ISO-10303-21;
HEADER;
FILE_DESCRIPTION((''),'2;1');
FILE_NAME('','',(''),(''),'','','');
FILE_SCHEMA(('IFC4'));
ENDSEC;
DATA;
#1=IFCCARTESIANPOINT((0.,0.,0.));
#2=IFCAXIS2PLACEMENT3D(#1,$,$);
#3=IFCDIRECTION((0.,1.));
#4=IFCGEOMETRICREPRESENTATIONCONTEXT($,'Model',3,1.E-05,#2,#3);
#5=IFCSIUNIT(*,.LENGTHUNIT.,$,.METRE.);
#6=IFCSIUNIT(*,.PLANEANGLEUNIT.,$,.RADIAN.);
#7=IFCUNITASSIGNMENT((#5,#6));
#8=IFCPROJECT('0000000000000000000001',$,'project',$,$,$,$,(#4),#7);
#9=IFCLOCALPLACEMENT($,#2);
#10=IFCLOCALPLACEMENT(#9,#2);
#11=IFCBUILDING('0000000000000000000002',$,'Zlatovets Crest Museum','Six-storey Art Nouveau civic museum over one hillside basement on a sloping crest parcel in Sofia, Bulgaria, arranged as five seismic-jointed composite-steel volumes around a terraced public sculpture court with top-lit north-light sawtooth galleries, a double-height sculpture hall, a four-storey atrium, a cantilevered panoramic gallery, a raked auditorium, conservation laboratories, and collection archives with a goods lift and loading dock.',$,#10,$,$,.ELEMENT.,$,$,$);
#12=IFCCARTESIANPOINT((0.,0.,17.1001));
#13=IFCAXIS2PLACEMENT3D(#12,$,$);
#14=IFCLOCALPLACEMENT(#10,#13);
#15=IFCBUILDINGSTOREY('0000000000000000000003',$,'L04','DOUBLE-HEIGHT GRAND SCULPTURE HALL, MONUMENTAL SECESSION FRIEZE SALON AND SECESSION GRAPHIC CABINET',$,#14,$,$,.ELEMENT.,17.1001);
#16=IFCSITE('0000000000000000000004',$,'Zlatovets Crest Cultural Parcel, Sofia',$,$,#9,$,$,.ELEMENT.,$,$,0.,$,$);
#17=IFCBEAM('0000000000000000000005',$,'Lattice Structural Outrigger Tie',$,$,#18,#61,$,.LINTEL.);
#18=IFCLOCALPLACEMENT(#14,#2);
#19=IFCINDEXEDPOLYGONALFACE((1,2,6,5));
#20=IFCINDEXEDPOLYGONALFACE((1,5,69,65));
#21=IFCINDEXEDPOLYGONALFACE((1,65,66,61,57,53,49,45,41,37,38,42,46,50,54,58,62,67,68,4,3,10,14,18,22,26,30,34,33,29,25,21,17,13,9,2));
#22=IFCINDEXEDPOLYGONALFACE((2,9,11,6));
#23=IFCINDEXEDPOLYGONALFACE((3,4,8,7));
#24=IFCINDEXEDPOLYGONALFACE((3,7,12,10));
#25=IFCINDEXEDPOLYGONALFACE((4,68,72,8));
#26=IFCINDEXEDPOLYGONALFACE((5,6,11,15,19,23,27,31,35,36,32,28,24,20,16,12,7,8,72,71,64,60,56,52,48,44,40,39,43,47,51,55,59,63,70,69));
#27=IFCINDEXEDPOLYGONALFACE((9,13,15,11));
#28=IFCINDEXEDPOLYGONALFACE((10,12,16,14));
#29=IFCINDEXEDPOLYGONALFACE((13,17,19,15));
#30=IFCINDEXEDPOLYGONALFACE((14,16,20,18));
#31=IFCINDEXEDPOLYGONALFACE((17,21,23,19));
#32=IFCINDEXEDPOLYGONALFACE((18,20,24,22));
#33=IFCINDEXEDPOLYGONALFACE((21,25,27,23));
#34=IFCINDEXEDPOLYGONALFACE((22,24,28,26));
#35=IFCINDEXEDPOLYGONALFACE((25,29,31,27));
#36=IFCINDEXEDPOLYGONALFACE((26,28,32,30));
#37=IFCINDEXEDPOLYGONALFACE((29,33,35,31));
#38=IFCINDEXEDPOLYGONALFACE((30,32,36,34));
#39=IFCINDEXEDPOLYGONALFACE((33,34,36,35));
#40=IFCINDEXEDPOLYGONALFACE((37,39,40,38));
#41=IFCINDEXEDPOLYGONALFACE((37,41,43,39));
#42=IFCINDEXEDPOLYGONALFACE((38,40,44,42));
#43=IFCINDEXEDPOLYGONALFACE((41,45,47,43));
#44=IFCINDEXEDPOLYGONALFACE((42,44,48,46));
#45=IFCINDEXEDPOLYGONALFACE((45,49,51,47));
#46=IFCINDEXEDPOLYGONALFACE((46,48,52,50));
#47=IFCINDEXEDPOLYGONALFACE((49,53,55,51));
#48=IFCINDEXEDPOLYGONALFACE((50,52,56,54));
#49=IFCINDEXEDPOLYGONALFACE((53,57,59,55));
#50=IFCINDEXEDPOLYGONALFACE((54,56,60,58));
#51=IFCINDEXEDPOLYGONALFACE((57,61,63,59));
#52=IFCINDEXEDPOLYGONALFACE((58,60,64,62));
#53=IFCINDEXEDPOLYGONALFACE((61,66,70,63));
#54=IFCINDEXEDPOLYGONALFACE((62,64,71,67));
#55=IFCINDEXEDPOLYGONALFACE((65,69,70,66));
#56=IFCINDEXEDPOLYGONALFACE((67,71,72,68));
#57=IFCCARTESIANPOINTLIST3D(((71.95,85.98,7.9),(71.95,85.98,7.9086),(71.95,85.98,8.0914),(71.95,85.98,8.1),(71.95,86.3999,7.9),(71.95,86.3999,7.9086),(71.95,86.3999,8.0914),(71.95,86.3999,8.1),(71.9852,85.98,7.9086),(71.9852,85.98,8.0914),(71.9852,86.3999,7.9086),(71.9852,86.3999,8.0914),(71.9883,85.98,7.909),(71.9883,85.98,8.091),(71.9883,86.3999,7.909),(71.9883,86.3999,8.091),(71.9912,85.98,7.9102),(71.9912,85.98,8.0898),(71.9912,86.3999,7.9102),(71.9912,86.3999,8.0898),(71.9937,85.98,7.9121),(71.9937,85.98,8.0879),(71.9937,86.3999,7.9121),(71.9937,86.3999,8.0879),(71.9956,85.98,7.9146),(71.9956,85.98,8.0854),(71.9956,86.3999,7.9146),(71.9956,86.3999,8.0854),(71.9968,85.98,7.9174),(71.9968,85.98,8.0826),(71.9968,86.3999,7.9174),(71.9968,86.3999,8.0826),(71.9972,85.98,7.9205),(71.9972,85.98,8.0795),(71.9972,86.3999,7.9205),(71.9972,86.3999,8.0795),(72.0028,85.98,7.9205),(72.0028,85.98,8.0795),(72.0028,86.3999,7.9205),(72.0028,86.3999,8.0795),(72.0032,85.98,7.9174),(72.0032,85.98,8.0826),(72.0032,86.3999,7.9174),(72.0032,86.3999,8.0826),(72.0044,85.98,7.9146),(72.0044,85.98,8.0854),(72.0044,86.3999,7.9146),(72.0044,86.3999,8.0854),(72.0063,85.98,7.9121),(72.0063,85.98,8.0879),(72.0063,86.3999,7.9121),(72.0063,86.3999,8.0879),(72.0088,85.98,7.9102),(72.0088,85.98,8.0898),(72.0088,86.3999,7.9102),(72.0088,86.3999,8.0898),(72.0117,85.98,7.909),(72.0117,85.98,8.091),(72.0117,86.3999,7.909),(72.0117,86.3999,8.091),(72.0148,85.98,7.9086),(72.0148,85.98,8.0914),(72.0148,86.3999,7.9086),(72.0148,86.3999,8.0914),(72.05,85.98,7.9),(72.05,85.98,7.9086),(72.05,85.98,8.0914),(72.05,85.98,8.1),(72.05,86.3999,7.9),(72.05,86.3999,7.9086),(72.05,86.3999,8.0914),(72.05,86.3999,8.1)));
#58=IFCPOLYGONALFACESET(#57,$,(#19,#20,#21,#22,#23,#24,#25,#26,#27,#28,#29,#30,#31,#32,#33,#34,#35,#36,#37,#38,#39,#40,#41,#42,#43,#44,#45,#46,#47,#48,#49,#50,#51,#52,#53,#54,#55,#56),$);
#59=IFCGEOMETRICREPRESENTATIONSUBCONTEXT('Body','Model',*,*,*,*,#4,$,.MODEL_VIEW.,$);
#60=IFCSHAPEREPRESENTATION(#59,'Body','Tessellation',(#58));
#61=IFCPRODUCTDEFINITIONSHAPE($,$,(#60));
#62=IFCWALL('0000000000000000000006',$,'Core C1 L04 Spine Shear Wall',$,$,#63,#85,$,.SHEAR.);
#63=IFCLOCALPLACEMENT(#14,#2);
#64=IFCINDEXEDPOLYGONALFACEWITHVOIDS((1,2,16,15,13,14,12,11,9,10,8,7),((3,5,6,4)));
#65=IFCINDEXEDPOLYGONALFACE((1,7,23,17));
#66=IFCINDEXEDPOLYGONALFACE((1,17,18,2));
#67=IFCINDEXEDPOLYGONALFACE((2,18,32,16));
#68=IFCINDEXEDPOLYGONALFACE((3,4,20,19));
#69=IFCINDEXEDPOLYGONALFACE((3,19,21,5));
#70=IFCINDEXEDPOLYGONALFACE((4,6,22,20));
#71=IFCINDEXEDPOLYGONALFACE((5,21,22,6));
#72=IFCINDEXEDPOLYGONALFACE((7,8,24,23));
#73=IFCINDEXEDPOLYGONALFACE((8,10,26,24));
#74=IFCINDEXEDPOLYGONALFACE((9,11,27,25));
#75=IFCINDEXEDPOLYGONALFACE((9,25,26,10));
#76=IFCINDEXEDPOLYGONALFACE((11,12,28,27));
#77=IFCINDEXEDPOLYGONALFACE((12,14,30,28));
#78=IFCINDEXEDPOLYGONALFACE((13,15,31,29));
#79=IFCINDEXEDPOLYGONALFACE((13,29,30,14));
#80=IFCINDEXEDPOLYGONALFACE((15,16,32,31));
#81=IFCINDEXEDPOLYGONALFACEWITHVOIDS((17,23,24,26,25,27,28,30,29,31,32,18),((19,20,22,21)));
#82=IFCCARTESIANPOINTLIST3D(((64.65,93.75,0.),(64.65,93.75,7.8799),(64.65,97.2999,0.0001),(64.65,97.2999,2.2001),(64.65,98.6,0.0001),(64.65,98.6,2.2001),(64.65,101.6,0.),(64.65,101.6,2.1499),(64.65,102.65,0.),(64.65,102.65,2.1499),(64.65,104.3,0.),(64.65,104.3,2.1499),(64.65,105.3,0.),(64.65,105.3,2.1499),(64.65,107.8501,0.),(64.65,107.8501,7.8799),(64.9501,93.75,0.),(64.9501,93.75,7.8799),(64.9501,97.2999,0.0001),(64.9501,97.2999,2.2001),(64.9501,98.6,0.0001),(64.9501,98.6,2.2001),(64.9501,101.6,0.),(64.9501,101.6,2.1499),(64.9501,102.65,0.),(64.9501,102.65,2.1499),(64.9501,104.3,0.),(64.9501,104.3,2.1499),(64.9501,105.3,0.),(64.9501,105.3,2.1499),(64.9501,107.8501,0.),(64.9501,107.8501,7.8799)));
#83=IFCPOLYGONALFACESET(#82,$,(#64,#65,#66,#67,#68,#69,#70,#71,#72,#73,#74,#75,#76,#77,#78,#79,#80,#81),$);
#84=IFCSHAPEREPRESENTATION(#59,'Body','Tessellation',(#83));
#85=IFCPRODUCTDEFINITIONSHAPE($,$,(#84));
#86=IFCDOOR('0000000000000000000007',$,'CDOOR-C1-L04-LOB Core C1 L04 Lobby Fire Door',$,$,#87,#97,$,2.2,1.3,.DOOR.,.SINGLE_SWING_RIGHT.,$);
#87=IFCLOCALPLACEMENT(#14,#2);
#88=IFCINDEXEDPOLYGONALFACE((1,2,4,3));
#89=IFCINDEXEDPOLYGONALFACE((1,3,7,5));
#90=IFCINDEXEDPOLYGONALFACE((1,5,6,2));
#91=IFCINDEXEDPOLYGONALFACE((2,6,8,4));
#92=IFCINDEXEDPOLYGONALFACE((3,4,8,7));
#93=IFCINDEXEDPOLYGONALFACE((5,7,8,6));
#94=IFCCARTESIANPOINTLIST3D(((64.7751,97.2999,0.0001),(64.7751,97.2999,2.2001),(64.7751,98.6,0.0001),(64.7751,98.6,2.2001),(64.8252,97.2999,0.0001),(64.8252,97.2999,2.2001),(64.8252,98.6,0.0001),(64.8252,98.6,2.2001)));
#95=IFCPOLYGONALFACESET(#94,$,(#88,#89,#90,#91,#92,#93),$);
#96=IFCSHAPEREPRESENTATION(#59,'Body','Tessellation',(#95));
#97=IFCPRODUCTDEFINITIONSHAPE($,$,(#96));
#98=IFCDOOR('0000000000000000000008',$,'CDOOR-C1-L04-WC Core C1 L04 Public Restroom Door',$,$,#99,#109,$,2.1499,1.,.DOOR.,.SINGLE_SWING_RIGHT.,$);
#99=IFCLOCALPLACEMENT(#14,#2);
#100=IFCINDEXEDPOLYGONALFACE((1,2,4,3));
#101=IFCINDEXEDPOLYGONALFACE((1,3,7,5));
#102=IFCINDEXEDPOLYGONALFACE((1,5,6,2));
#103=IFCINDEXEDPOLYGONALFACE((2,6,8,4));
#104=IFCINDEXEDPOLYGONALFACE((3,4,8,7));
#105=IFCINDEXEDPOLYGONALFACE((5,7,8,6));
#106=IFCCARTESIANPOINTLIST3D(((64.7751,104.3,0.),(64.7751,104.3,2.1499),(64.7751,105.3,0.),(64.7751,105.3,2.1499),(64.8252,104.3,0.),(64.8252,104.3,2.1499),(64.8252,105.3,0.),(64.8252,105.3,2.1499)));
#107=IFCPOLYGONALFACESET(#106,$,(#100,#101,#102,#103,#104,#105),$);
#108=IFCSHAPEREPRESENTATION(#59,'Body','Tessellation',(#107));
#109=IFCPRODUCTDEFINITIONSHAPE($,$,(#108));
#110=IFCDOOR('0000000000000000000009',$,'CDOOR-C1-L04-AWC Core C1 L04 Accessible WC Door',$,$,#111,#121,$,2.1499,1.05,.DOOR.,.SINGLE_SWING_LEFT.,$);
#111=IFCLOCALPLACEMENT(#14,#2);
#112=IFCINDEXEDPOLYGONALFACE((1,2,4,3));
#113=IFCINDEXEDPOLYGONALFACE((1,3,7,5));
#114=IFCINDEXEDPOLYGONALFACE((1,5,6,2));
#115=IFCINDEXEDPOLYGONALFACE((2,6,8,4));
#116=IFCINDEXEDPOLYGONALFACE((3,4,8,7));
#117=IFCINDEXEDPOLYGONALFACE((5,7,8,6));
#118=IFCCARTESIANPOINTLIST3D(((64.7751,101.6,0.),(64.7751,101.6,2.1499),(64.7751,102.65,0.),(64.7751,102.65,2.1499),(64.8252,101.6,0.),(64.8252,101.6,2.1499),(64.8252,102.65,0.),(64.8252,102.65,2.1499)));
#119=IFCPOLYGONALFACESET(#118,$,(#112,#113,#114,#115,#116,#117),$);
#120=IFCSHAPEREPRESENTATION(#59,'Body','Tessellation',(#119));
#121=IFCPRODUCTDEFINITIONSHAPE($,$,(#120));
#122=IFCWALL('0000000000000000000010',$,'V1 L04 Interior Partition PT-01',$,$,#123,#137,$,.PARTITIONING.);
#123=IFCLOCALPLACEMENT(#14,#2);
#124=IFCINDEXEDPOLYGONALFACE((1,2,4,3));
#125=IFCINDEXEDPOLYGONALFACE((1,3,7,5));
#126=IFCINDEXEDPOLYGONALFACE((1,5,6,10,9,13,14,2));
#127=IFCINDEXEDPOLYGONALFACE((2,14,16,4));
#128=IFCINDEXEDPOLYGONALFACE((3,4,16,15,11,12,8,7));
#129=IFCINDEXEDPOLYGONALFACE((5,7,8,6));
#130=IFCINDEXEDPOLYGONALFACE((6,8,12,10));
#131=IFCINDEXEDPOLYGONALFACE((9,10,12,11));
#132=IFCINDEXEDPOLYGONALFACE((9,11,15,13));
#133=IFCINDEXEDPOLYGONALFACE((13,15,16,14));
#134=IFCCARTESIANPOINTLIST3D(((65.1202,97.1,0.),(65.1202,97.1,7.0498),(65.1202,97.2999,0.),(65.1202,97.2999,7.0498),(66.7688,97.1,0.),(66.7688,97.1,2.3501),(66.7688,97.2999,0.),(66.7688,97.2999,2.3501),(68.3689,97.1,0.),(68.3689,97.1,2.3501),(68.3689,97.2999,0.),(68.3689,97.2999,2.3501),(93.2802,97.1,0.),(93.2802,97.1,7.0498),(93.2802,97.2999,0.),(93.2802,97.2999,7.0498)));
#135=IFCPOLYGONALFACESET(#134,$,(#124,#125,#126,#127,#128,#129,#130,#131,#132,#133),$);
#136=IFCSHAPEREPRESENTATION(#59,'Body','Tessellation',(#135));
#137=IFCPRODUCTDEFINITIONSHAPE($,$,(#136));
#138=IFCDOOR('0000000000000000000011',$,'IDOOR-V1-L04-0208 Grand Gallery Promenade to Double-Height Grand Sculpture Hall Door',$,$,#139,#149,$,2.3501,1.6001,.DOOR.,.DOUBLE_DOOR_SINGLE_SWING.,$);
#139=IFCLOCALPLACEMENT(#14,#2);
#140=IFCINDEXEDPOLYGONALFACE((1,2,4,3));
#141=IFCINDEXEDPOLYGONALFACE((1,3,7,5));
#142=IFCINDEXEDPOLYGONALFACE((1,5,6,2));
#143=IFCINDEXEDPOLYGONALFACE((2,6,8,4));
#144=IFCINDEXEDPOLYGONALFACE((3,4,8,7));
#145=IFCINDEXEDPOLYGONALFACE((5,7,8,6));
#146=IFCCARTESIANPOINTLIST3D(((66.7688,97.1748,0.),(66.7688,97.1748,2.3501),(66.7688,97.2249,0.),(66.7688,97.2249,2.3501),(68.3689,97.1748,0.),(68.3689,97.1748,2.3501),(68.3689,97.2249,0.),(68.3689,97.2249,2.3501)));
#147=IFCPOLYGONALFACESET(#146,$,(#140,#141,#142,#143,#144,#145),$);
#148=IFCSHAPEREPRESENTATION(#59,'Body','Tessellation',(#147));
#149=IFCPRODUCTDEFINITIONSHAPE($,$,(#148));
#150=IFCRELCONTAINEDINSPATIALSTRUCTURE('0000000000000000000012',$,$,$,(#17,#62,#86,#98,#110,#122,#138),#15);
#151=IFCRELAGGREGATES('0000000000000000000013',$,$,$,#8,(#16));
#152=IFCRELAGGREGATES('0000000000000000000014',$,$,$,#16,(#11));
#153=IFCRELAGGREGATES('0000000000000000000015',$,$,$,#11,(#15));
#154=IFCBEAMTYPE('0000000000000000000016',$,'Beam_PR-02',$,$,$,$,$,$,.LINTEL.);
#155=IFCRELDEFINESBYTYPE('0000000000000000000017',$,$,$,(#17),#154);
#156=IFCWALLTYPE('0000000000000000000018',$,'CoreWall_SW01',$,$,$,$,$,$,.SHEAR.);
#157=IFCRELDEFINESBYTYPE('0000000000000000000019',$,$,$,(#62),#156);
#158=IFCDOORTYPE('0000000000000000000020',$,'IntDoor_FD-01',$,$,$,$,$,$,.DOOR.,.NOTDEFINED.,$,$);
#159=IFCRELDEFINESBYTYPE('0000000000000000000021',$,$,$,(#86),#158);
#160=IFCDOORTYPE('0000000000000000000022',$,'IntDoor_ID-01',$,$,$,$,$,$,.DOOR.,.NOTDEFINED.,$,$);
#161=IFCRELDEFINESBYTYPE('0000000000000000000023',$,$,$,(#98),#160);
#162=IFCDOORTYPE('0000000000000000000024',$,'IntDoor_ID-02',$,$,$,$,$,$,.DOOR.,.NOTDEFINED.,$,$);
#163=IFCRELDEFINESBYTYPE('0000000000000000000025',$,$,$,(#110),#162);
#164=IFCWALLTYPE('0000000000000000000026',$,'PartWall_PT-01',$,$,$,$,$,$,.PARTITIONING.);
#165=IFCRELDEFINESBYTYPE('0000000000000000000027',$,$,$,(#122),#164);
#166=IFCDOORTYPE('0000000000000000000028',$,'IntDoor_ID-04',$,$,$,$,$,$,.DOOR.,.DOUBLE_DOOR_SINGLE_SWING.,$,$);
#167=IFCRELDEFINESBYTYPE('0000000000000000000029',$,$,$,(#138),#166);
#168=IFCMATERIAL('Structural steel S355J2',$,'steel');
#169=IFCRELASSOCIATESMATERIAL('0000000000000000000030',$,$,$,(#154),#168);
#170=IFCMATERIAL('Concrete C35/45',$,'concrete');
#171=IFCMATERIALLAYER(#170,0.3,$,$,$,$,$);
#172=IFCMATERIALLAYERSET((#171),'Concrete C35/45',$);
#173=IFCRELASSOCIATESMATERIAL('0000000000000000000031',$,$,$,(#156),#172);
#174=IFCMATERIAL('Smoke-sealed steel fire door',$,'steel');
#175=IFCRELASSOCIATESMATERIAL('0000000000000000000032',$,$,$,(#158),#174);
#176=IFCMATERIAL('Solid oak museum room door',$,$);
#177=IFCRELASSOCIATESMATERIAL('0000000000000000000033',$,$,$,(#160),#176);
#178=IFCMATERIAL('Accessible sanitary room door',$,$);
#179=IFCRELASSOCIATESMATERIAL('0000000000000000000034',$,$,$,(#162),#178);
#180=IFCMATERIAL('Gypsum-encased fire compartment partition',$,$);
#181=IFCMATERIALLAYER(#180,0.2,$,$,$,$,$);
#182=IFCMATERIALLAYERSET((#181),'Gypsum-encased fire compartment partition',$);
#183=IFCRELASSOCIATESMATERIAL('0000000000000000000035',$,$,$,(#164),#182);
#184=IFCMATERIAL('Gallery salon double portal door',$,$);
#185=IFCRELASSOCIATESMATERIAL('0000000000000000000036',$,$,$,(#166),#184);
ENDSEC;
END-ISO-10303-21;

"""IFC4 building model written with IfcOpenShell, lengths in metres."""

from ifc_helpers import new_model, si_unit, direction, frame, frame_2d, origin, origin_2d, place, context, subcontext, project, spatial, rectangle, i_section, extrude, material, layer, layer_set, material_profile, profile_set, type_object, element, fill, save


model = new_model("IFC4")

# Units and contexts
model_context = context("Model", 3, precision=1e-05, world=origin(), true_north=direction((0.0, 1.0)))
body_context = subcontext(model_context, "Body", "Model", "MODEL_VIEW")
ifc_project = project(units=[si_unit("LENGTHUNIT", "METRE"), si_unit("PLANEANGLEUNIT", "RADIAN")], contexts=[model_context])

# Site, building, storey
site_placement = place(None, origin())
site = spatial("IfcSite", under=ifc_project, at=site_placement, Name="Zlatovets Crest Cultural Parcel, Sofia", CompositionType="ELEMENT", RefElevation=0.0)
building_placement = place(site_placement, origin())
building = spatial("IfcBuilding", under=site, at=building_placement, Name="Zlatovets Crest Museum", Description="Six-storey Art Nouveau civic museum over one hillside basement on a sloping crest parcel in Sofia, Bulgaria, arranged as five seismic-jointed composite-steel volumes around a terraced public sculpture court with top-lit north-light sawtooth galleries, a double-height sculpture hall, a four-storey atrium, a cantilevered panoramic gallery, a raked auditorium, conservation laboratories, and collection archives with a goods lift and loading dock.", CompositionType="ELEMENT")
storey_placement = place(building_placement, frame((0.0, 0.0, 17.1001)))
storey = spatial("IfcBuildingStorey", under=building, at=storey_placement, Name="L04", Description="DOUBLE-HEIGHT GRAND SCULPTURE HALL, MONUMENTAL SECESSION FRIEZE SALON AND SECESSION GRAPHIC CABINET", CompositionType="ELEMENT", Elevation=17.1001)

# Shared definitions
ifc_material_1 = material(Name="Structural steel S355J2", Category="steel")

# Beam
ifc_material_profile_1 = material_profile(ifc_material_1, i_section(OverallWidth=0.1001, OverallDepth=0.2, WebThickness=0.0056, FlangeThickness=0.0085, FilletRadius=0.012, at=origin_2d()), Name="IPE 200")
ifc_profile_set_1 = profile_set([ifc_material_profile_1], Name="Structural steel S355J2")
beam_type_1 = type_object("IfcBeamType", Name="Beam_PR-02", PredefinedType="LINTEL", material=ifc_profile_set_1)
for number, where, z_axis, x_axis, name in (
    (1, (72.0, 86.3999, 8.0), (0.0, -1.0, 0.0), (1.0, 0.0, 0.0), "Lattice Structural Outrigger Tie"),
):
    element("IfcBeam", number, at=place(storey_placement, frame(where, z_axis=z_axis, x_axis=x_axis)), inside=storey, type_object=beam_type_1, Name=name, PredefinedType="LINTEL", context=body_context, shape_type="SweptSolid", body=[
        extrude(i_section(OverallWidth=0.1001, OverallDepth=0.2, WebThickness=0.0056, FlangeThickness=0.0085, FilletRadius=0.012, at=origin_2d()), origin(), (0.0, 0.0, 1.0), 0.4199),
    ])

# Wall, openings, doors
ifc_material_2 = material(Name="Concrete C35/45", Category="concrete")
ifc_layer_1 = layer(ifc_material_2, 0.3)
ifc_layer_set_1 = layer_set([ifc_layer_1], Name="Concrete C35/45")
wall_type_1 = type_object("IfcWallType", Name="CoreWall_SW01", PredefinedType="SHEAR", material=ifc_layer_set_1)
wall_1_placement = place(storey_placement, frame((64.8, 93.75, 0.0), z_axis=(0.0, 0.0, 1.0), x_axis=(0.0, 1.0, 0.0)))
wall_1 = element("IfcWall", 2, at=wall_1_placement, inside=storey, type_object=wall_type_1, Name="Core C1 L04 Spine Shear Wall", PredefinedType="SHEAR", context=body_context, shape_type="SweptSolid", body=[
    extrude(rectangle(XDim=14.1001, YDim=0.3, at=frame_2d((7.05, 0.0))), origin(), (0.0, 0.0, 1.0), 7.8799),
])
opening_1_placement = place(wall_1_placement, frame((3.55, 0.0, 0.0)))
opening_1 = element("IfcOpeningElement", 3, at=opening_1_placement, cuts=wall_1, PredefinedType="OPENING", context=body_context, shape_type="SweptSolid", body=[
    extrude(rectangle(XDim=1.3, YDim=2.2, at=frame_2d((0.6499, 1.1001))), frame((0.0, 0.1602, 0.0), z_axis=(0.0, -1.0, 0.0), x_axis=(1.0, 0.0, 0.0)), (0.0, 0.0, 1.0), 0.3201),
])
opening_2_placement = place(wall_1_placement, frame((7.8501, 0.0, 0.0)))
opening_2 = element("IfcOpeningElement", 4, at=opening_2_placement, cuts=wall_1, PredefinedType="OPENING", context=body_context, shape_type="SweptSolid", body=[
    extrude(rectangle(XDim=1.05, YDim=2.1499, at=frame_2d((0.5249, 1.075))), frame((0.0, 0.1602, 0.0), z_axis=(0.0, -1.0, 0.0), x_axis=(1.0, 0.0, 0.0)), (0.0, 0.0, 1.0), 0.3201),
])
opening_3_placement = place(wall_1_placement, frame((10.55, 0.0, 0.0)))
opening_3 = element("IfcOpeningElement", 5, at=opening_3_placement, cuts=wall_1, PredefinedType="OPENING", context=body_context, shape_type="SweptSolid", body=[
    extrude(rectangle(XDim=1.0, YDim=2.1499, at=frame_2d((0.5, 1.075))), frame((0.0, 0.1602, 0.0), z_axis=(0.0, -1.0, 0.0), x_axis=(1.0, 0.0, 0.0)), (0.0, 0.0, 1.0), 0.3201),
])
ifc_material_3 = material(Name="Smoke-sealed steel fire door", Category="steel")
door_type_1 = type_object("IfcDoorType", Name="IntDoor_FD-01", OperationType="NOTDEFINED", PredefinedType="DOOR", material=ifc_material_3)
door_1_placement = place(opening_1_placement, origin())
door_1 = element("IfcDoor", 6, at=door_1_placement, inside=storey, type_object=door_type_1, Name="CDOOR-C1-L04-LOB Core C1 L04 Lobby Fire Door", OperationType="SINGLE_SWING_RIGHT", OverallHeight=2.2, OverallWidth=1.3, PredefinedType="DOOR", context=body_context, shape_type="SweptSolid", body=[
    extrude(rectangle(XDim=1.3, YDim=2.2, at=frame_2d((0.6499, 1.1001))), frame((0.0, 0.0249, 0.0), z_axis=(0.0, -1.0, 0.0), x_axis=(1.0, 0.0, 0.0)), (0.0, 0.0, 1.0), 0.05),
])
fill(opening_1, door_1)
ifc_material_4 = material(Name="Solid oak museum room door")
door_type_2 = type_object("IfcDoorType", Name="IntDoor_ID-01", OperationType="NOTDEFINED", PredefinedType="DOOR", material=ifc_material_4)
door_2_placement = place(opening_3_placement, origin())
door_2 = element("IfcDoor", 7, at=door_2_placement, inside=storey, type_object=door_type_2, Name="CDOOR-C1-L04-WC Core C1 L04 Public Restroom Door", OperationType="SINGLE_SWING_RIGHT", OverallHeight=2.1499, OverallWidth=1.0, PredefinedType="DOOR", context=body_context, shape_type="SweptSolid", body=[
    extrude(rectangle(XDim=1.0, YDim=2.1499, at=frame_2d((0.5, 1.075))), frame((0.0, 0.0249, 0.0), z_axis=(0.0, -1.0, 0.0), x_axis=(1.0, 0.0, 0.0)), (0.0, 0.0, 1.0), 0.05),
])
fill(opening_3, door_2)
ifc_material_5 = material(Name="Accessible sanitary room door")
door_type_3 = type_object("IfcDoorType", Name="IntDoor_ID-02", OperationType="NOTDEFINED", PredefinedType="DOOR", material=ifc_material_5)
door_3_placement = place(opening_2_placement, origin())
door_3 = element("IfcDoor", 8, at=door_3_placement, inside=storey, type_object=door_type_3, Name="CDOOR-C1-L04-AWC Core C1 L04 Accessible WC Door", OperationType="SINGLE_SWING_LEFT", OverallHeight=2.1499, OverallWidth=1.05, PredefinedType="DOOR", context=body_context, shape_type="SweptSolid", body=[
    extrude(rectangle(XDim=1.05, YDim=2.1499, at=frame_2d((0.5249, 1.075))), frame((0.0, 0.0249, 0.0), z_axis=(0.0, -1.0, 0.0), x_axis=(1.0, 0.0, 0.0)), (0.0, 0.0, 1.0), 0.05),
])
fill(opening_2, door_3)

# Wall, opening, door
ifc_material_6 = material(Name="Gypsum-encased fire compartment partition")
ifc_layer_2 = layer(ifc_material_6, 0.2)
ifc_layer_set_2 = layer_set([ifc_layer_2], Name="Gypsum-encased fire compartment partition")
wall_type_2 = type_object("IfcWallType", Name="PartWall_PT-01", PredefinedType="PARTITIONING", material=ifc_layer_set_2)
wall_2_placement = place(storey_placement, frame((65.1201, 97.2, 0.0), z_axis=(0.0, 0.0, 1.0), x_axis=(1.0, 0.0, 0.0)))
wall_2 = element("IfcWall", 9, at=wall_2_placement, inside=storey, type_object=wall_type_2, Name="V1 L04 Interior Partition PT-01", PredefinedType="PARTITIONING", context=body_context, shape_type="SweptSolid", body=[
    extrude(rectangle(XDim=28.1599, YDim=0.2, at=frame_2d((14.0801, 0.0))), origin(), (0.0, 0.0, 1.0), 7.0498),
])
opening_4_placement = place(wall_2_placement, frame((1.6487, 0.0, 0.0)))
opening_4 = element("IfcOpeningElement", 10, at=opening_4_placement, cuts=wall_2, PredefinedType="OPENING", context=body_context, shape_type="SweptSolid", body=[
    extrude(rectangle(XDim=1.6001, YDim=2.3501, at=frame_2d((0.8, 1.175))), frame((0.0, 0.1099, 0.0), z_axis=(0.0, -1.0, 0.0), x_axis=(1.0, 0.0, 0.0)), (0.0, 0.0, 1.0), 0.22),
])
ifc_material_7 = material(Name="Gallery salon double portal door")
door_type_4 = type_object("IfcDoorType", Name="IntDoor_ID-04", OperationType="DOUBLE_DOOR_SINGLE_SWING", PredefinedType="DOOR", material=ifc_material_7)
door_4_placement = place(opening_4_placement, origin())
door_4 = element("IfcDoor", 11, at=door_4_placement, inside=storey, type_object=door_type_4, Name="IDOOR-V1-L04-0208 Grand Gallery Promenade to Double-Height Grand Sculpture Hall Door", OperationType="DOUBLE_DOOR_SINGLE_SWING", OverallHeight=2.3501, OverallWidth=1.6001, PredefinedType="DOOR", context=body_context, shape_type="SweptSolid", body=[
    extrude(rectangle(XDim=1.6001, YDim=2.3501, at=frame_2d((0.8, 1.175))), frame((0.0, 0.0249, 0.0), z_axis=(0.0, -1.0, 0.0), x_axis=(1.0, 0.0, 0.0)), (0.0, 0.0, 1.0), 0.05),
])
fill(opening_4, door_4)

save(model, "model.ifc")
